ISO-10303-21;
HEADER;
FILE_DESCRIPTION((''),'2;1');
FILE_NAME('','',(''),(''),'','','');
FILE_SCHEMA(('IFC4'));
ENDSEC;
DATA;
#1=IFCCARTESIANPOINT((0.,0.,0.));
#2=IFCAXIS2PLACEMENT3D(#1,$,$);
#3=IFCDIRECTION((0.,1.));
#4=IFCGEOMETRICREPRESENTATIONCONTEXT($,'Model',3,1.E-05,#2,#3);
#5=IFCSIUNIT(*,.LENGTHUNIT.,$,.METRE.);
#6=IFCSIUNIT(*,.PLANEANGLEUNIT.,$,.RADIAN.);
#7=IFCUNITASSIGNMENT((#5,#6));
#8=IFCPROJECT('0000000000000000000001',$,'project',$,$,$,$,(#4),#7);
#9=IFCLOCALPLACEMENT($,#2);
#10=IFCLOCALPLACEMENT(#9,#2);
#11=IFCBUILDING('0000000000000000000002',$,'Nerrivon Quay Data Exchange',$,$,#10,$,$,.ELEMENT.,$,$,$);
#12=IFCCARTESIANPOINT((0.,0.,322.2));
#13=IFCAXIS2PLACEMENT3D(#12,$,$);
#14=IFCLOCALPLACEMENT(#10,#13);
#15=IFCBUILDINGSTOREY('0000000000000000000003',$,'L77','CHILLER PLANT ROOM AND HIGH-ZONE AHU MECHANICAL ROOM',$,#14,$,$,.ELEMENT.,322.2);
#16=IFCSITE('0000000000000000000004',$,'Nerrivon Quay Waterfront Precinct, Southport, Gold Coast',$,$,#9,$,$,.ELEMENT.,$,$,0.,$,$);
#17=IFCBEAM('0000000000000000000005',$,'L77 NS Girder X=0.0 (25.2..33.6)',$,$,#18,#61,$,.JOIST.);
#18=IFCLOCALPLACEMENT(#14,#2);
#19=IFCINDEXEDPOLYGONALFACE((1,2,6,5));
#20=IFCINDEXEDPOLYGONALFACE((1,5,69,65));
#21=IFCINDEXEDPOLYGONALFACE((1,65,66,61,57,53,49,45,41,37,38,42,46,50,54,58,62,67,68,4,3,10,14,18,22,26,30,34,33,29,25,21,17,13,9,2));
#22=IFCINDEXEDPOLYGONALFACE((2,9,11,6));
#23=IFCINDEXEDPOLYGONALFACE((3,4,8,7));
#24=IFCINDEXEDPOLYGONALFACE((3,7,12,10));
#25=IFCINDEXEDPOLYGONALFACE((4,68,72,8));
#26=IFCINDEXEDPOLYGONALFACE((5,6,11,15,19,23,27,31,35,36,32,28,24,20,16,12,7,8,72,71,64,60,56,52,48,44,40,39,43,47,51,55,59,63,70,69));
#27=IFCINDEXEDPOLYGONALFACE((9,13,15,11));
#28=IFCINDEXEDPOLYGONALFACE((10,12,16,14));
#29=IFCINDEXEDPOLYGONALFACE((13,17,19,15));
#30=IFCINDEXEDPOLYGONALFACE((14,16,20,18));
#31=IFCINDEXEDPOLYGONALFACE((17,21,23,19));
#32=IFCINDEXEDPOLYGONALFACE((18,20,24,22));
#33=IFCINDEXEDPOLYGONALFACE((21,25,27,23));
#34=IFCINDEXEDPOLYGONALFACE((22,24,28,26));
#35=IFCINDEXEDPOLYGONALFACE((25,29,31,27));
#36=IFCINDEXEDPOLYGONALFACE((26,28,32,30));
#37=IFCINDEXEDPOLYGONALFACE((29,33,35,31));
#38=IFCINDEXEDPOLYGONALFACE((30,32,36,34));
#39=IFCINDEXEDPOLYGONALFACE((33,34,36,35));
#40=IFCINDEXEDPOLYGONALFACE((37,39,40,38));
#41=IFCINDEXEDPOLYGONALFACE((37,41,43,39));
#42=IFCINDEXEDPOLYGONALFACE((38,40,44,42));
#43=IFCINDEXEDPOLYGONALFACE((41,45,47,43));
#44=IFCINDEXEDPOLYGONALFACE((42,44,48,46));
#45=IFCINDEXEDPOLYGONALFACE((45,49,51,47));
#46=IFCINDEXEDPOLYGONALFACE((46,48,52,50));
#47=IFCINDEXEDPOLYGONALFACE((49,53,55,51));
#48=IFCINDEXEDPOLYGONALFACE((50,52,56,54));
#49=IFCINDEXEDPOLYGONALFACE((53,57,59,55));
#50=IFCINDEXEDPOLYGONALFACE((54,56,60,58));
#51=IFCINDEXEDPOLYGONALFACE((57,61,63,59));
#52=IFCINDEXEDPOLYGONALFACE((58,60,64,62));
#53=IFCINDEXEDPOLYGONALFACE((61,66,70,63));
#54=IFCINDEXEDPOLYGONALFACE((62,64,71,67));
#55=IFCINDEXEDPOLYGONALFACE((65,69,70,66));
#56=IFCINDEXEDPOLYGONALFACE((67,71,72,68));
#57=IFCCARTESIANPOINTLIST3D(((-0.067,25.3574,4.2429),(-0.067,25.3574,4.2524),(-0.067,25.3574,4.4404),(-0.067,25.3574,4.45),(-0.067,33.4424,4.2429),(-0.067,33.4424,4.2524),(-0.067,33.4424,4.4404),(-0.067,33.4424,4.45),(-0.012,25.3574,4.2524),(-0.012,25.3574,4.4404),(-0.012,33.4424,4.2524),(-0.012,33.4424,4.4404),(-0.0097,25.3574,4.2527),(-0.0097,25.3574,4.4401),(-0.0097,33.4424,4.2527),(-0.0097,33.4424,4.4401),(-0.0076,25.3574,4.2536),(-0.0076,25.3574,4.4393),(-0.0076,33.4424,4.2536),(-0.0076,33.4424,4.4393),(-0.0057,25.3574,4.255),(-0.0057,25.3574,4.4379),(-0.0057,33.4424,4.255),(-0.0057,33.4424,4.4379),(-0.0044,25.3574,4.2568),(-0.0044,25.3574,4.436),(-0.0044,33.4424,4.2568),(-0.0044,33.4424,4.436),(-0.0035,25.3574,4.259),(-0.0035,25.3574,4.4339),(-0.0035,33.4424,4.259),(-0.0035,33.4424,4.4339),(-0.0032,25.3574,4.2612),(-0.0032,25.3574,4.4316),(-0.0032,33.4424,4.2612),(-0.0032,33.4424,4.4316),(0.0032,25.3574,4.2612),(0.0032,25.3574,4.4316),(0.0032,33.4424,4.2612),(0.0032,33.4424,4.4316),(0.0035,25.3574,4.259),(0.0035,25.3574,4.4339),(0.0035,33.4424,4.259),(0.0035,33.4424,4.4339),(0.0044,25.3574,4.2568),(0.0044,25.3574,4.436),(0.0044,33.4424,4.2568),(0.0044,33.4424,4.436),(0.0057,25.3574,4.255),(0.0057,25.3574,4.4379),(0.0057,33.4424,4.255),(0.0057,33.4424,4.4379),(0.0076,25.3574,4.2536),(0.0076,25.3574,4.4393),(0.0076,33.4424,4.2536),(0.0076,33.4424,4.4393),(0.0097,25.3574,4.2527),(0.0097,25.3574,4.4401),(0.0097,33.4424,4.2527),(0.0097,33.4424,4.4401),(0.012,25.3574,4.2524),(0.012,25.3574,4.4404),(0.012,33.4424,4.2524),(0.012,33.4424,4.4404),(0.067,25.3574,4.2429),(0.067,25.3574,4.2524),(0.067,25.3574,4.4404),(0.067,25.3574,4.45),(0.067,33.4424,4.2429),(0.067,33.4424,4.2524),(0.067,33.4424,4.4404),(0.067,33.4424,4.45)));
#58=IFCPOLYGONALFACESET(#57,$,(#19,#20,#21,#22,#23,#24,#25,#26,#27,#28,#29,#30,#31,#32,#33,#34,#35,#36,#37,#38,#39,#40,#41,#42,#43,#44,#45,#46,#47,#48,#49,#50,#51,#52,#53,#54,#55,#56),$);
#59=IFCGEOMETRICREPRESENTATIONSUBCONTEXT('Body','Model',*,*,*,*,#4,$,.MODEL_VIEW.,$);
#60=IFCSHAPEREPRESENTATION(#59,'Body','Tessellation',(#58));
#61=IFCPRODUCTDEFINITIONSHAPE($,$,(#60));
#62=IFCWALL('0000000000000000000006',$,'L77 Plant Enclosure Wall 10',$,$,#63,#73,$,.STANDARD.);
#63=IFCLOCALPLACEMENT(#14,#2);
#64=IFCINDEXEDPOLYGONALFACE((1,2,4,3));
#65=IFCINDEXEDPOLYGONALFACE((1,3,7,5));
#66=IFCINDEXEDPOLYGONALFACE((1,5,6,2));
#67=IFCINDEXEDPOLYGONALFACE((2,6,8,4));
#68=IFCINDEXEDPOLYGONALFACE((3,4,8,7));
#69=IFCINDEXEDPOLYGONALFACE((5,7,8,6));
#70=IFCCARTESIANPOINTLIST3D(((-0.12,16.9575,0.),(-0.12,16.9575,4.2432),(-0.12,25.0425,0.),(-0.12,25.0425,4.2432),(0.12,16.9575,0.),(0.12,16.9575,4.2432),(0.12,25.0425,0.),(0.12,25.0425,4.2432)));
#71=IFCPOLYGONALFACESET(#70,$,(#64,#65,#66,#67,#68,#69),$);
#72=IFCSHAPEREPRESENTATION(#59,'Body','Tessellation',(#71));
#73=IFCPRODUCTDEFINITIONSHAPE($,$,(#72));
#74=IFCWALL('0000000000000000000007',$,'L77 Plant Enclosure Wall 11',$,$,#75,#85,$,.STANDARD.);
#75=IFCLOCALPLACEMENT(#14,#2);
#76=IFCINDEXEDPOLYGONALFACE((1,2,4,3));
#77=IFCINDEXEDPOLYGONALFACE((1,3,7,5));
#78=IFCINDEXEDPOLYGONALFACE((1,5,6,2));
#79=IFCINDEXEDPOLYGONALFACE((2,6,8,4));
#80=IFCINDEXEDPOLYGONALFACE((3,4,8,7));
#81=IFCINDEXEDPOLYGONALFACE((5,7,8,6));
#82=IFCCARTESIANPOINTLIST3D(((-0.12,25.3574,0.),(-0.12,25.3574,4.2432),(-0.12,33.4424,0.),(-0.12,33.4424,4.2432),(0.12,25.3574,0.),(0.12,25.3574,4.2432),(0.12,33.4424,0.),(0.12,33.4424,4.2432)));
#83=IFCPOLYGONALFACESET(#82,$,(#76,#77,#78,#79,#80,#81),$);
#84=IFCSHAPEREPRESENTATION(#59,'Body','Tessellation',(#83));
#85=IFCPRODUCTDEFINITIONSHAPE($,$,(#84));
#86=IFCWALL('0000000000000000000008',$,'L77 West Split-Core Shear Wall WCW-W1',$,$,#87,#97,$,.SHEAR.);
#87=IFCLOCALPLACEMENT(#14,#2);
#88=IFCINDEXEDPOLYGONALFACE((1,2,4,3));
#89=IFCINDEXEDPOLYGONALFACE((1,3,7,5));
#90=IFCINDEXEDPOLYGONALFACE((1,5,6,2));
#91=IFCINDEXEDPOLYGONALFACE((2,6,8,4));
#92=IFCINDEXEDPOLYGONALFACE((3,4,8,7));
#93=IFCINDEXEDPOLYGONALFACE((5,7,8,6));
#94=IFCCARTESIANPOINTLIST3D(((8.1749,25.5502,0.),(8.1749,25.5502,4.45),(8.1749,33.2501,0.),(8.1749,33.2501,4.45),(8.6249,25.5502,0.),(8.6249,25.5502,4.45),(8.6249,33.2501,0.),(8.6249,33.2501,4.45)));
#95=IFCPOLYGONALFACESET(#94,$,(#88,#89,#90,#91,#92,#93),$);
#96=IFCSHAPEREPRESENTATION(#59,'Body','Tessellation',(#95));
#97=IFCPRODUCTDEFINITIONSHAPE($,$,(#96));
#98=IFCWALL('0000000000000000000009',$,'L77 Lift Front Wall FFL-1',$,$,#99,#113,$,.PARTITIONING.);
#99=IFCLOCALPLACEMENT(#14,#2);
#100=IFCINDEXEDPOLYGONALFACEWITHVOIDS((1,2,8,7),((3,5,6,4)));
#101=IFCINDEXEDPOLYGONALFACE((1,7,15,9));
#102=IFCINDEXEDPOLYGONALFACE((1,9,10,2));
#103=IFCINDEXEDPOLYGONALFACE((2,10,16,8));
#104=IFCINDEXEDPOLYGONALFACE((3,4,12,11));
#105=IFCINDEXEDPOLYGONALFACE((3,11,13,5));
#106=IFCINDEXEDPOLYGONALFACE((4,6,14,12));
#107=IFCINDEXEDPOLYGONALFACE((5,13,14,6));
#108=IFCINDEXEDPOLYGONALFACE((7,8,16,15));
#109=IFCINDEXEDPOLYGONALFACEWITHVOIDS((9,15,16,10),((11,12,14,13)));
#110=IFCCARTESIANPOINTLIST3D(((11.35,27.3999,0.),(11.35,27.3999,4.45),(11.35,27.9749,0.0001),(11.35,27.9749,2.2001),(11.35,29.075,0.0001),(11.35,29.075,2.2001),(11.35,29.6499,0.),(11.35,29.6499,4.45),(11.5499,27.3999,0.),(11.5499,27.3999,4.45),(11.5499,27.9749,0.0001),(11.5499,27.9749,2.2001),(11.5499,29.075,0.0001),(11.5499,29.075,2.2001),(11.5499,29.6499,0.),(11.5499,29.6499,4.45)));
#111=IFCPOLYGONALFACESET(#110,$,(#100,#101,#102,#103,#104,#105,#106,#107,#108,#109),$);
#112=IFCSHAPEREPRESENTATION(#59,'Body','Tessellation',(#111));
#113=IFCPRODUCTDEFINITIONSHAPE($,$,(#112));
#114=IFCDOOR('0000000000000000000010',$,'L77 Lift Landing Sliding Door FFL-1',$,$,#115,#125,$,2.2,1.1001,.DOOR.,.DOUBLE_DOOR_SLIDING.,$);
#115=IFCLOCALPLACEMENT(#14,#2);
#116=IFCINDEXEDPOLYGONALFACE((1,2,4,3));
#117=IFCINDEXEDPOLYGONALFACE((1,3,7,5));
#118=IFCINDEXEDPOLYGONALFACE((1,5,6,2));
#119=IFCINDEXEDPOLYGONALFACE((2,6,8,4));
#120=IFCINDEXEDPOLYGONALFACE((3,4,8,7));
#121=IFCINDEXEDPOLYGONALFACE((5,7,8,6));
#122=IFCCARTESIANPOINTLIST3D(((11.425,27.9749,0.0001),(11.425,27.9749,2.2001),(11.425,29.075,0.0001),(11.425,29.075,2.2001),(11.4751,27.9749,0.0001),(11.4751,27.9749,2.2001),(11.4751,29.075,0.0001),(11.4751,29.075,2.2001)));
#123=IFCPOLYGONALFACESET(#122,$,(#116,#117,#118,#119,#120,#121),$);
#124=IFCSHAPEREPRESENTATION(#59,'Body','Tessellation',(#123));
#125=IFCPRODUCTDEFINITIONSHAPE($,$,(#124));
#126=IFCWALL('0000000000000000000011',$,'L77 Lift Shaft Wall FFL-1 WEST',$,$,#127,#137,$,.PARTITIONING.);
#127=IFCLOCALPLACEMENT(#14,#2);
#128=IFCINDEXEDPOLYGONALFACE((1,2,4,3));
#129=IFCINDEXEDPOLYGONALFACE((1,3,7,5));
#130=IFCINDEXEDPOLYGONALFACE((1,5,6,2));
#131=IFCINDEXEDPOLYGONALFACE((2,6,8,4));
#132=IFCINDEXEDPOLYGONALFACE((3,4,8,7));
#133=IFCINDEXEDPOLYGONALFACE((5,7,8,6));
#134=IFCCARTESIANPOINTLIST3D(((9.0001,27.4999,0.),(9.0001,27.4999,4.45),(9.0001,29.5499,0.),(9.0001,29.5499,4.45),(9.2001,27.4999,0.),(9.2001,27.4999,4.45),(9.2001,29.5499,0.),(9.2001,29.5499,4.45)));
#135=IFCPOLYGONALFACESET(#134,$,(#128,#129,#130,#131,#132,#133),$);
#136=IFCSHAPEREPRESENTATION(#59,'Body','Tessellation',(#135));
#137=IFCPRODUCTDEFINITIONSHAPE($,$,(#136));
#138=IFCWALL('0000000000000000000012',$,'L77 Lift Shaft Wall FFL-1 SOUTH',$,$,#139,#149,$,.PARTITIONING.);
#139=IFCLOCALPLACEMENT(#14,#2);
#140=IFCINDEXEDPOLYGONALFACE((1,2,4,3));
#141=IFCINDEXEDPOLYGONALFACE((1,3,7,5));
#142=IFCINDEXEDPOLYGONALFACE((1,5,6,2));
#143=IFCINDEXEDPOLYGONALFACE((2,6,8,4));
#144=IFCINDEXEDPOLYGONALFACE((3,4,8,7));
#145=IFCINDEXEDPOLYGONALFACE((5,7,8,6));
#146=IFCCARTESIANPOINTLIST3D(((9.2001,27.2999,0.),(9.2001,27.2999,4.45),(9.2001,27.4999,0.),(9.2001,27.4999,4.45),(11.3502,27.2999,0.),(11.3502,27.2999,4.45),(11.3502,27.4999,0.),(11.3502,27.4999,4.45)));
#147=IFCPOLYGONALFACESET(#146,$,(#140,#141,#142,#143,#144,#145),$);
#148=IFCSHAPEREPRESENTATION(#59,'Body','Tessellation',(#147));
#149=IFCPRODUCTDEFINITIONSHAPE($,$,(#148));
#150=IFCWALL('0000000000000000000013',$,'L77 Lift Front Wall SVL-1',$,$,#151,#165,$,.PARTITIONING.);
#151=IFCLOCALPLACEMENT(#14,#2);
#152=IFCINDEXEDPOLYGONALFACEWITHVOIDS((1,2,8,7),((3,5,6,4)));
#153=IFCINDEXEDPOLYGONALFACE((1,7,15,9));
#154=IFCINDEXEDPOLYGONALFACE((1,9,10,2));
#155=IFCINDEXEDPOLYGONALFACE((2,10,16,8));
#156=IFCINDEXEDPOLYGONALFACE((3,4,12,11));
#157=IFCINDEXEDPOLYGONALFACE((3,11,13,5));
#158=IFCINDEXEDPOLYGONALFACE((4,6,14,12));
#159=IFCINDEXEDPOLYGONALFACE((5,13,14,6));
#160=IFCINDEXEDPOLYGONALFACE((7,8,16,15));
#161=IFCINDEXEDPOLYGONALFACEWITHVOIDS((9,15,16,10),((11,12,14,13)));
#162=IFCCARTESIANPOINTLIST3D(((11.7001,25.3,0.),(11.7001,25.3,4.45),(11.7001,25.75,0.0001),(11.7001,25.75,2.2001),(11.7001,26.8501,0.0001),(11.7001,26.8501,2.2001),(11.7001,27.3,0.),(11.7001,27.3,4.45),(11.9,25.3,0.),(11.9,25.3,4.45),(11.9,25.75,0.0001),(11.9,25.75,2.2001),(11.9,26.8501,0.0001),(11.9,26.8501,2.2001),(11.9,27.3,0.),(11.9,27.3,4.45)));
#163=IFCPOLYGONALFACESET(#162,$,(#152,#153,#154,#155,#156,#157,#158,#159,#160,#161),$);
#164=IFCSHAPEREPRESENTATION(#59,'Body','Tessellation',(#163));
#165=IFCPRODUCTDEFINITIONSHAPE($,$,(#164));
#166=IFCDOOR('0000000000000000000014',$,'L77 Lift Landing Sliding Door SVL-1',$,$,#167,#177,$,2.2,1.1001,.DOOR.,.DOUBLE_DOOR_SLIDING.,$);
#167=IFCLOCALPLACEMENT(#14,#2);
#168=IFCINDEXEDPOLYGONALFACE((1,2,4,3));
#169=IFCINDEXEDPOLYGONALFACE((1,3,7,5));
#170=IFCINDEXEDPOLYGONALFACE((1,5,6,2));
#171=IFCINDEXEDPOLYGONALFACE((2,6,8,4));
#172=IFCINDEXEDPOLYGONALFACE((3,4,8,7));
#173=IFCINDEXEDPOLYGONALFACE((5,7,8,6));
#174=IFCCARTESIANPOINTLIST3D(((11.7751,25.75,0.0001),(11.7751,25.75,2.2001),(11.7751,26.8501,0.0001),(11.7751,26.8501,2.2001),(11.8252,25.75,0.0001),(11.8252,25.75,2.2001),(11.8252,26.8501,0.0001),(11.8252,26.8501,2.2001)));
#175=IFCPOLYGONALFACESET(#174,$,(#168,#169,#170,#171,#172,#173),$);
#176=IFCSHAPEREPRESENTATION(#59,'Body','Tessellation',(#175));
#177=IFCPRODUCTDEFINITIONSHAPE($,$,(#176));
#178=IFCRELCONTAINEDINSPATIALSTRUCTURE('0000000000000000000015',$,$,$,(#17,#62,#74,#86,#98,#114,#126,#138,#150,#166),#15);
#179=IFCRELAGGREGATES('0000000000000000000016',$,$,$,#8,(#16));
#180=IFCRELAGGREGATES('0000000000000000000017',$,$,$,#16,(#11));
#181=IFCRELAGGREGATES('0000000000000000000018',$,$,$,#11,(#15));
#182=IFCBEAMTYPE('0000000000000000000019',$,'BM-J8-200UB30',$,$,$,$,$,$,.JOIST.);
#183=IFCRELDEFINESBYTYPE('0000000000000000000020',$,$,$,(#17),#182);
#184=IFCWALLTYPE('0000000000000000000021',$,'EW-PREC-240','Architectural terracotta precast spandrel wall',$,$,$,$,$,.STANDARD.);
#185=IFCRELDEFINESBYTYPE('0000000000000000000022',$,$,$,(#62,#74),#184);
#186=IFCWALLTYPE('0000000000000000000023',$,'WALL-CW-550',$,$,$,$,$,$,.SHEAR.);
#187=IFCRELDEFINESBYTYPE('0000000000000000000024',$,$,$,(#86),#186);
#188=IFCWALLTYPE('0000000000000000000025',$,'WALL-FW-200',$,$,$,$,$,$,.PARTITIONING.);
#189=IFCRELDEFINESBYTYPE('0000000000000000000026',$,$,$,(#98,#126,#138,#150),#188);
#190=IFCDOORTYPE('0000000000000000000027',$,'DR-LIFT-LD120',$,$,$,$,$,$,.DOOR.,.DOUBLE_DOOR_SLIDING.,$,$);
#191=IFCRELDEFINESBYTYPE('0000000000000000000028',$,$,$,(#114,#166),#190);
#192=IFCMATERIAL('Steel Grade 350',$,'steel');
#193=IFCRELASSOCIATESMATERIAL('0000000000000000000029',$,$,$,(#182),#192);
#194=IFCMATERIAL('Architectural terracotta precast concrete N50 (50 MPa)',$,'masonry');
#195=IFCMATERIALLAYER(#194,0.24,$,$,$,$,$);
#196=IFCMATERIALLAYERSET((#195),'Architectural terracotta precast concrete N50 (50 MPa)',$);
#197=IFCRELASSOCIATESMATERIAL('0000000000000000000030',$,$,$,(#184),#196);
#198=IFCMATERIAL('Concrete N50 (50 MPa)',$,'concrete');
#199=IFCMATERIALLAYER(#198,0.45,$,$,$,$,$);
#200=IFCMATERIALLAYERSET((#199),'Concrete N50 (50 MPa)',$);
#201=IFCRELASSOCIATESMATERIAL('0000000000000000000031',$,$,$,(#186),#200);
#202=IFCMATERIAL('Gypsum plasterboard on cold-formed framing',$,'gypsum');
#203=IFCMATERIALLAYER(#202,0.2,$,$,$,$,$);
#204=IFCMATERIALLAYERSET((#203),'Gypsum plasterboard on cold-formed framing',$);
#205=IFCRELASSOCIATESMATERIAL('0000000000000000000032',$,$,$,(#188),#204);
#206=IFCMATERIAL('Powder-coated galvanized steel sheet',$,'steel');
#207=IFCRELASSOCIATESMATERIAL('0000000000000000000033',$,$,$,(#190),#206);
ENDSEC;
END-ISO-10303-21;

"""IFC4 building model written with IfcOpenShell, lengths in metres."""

from ifc_helpers import new_model, si_unit, direction, frame, frame_2d, origin, origin_2d, place, context, subcontext, project, spatial, rectangle, i_section, extrude, material, layer, layer_set, material_profile, profile_set, type_object, element, fill, save


model = new_model("IFC4")

# Units and contexts
model_context = context("Model", 3, precision=1e-05, world=origin(), true_north=direction((0.0, 1.0)))
body_context = subcontext(model_context, "Body", "Model", "MODEL_VIEW")
ifc_project = project(units=[si_unit("LENGTHUNIT", "METRE"), si_unit("PLANEANGLEUNIT", "RADIAN")], contexts=[model_context])

# Site, building, storey
site_placement = place(None, origin())
site = spatial("IfcSite", under=ifc_project, at=site_placement, Name="Nerrivon Quay Waterfront Precinct, Southport, Gold Coast", CompositionType="ELEMENT", RefElevation=0.0)
building_placement = place(site_placement, origin())
building = spatial("IfcBuilding", under=site, at=building_placement, Name="Nerrivon Quay Data Exchange", CompositionType="ELEMENT")
storey_placement = place(building_placement, frame((0.0, 0.0, 322.2)))
storey = spatial("IfcBuildingStorey", under=building, at=storey_placement, Name="L77", Description="CHILLER PLANT ROOM AND HIGH-ZONE AHU MECHANICAL ROOM", CompositionType="ELEMENT", Elevation=322.2)

# Shared definitions
ifc_material_1 = material(Name="Concrete N50 (50 MPa)", Category="concrete")
ifc_material_2 = material(Name="Steel Grade 350", Category="steel")

# Beam
ifc_material_profile_1 = material_profile(ifc_material_2, i_section(OverallWidth=0.134, OverallDepth=0.207, WebThickness=0.0063, FlangeThickness=0.0095, FilletRadius=0.0088, at=origin_2d()), Name="200UB29.8")
ifc_profile_set_1 = profile_set([ifc_material_profile_1], Name="Steel Grade 350")
beam_type_1 = type_object("IfcBeamType", Name="BM-J8-200UB30", PredefinedType="JOIST", material=ifc_profile_set_1)
for number, where, z_axis, x_axis, name in (
    (1, (0.0, 25.3574, 4.3464), (0.0, 1.0, 0.0), (-1.0, 0.0, 0.0), "L77 NS Girder X=0.0 (25.2..33.6)"),
):
    element("IfcBeam", number, at=place(storey_placement, frame(where, z_axis=z_axis, x_axis=x_axis)), inside=storey, type_object=beam_type_1, Name=name, PredefinedType="JOIST", context=body_context, shape_type="SweptSolid", body=[
        extrude(i_section(OverallWidth=0.134, OverallDepth=0.207, WebThickness=0.0063, FlangeThickness=0.0095, FilletRadius=0.0088, at=origin_2d()), origin(), (0.0, 0.0, 1.0), 8.085),
    ])

# Walls
ifc_material_3 = material(Name="Architectural terracotta precast concrete N50 (50 MPa)", Category="masonry")
ifc_layer_1 = layer(ifc_material_3, 0.24)
ifc_layer_set_1 = layer_set([ifc_layer_1], Name="Architectural terracotta precast concrete N50 (50 MPa)")
wall_type_1 = type_object("IfcWallType", Name="EW-PREC-240", Description="Architectural terracotta precast spandrel wall", PredefinedType="STANDARD", material=ifc_layer_set_1)
for number, where, z_axis, x_axis, name in (
    (2, (0.0, 16.9575, 0.0), (0.0, 0.0, 1.0), (0.0, 1.0, 0.0), "L77 Plant Enclosure Wall 10"),
    (3, (0.0, 25.3574, 0.0), (0.0, 0.0, 1.0), (0.0, 1.0, 0.0), "L77 Plant Enclosure Wall 11"),
):
    element("IfcWall", number, at=place(storey_placement, frame(where, z_axis=z_axis, x_axis=x_axis)), inside=storey, type_object=wall_type_1, Name=name, PredefinedType="STANDARD", context=body_context, shape_type="SweptSolid", body=[
        extrude(rectangle(XDim=8.085, YDim=0.24, at=frame_2d((4.0425, 0.0))), origin(), (0.0, 0.0, 1.0), 4.2432),
    ])
ifc_layer_2 = layer(ifc_material_1, 0.45)
ifc_layer_set_2 = layer_set([ifc_layer_2], Name="Concrete N50 (50 MPa)")
wall_type_2 = type_object("IfcWallType", Name="WALL-CW-550", PredefinedType="SHEAR", material=ifc_layer_set_2)
wall_1_placement = place(storey_placement, frame((8.3999, 25.55, 0.0), z_axis=(0.0, 0.0, 1.0), x_axis=(0.0, 1.0, 0.0)))
element("IfcWall", 4, at=wall_1_placement, inside=storey, type_object=wall_type_2, Name="L77 West Split-Core Shear Wall WCW-W1", PredefinedType="SHEAR", context=body_context, shape_type="SweptSolid", body=[
    extrude(rectangle(XDim=7.7, YDim=0.45, at=frame_2d((3.8501, 0.0))), origin(), (0.0, 0.0, 1.0), 4.45),
])

# Wall, opening, door
ifc_material_4 = material(Name="Powder-coated galvanized steel sheet", Category="steel")
ifc_material_5 = material(Name="Gypsum plasterboard on cold-formed framing", Category="gypsum")
ifc_layer_3 = layer(ifc_material_5, 0.2)
ifc_layer_set_3 = layer_set([ifc_layer_3], Name="Gypsum plasterboard on cold-formed framing")
wall_type_3 = type_object("IfcWallType", Name="WALL-FW-200", PredefinedType="PARTITIONING", material=ifc_layer_set_3)
wall_2_placement = place(storey_placement, frame((11.45, 27.3999, 0.0), z_axis=(0.0, 0.0, 1.0), x_axis=(0.0, 1.0, 0.0)))
wall_2 = element("IfcWall", 5, at=wall_2_placement, inside=storey, type_object=wall_type_3, Name="L77 Lift Front Wall FFL-1", PredefinedType="PARTITIONING", context=body_context, shape_type="SweptSolid", body=[
    extrude(rectangle(XDim=2.25, YDim=0.2, at=frame_2d((1.125, 0.0))), origin(), (0.0, 0.0, 1.0), 4.45),
])
opening_1_placement = place(wall_2_placement, frame((0.575, 0.0, 0.0)))
opening_1 = element("IfcOpeningElement", 6, at=opening_1_placement, cuts=wall_2, PredefinedType="OPENING", context=body_context, shape_type="SweptSolid", body=[
    extrude(rectangle(XDim=1.1001, YDim=2.2, at=frame_2d((0.55, 1.1001))), frame((0.0, 0.1099, 0.0), z_axis=(0.0, -1.0, 0.0), x_axis=(1.0, 0.0, 0.0)), (0.0, 0.0, 1.0), 0.22),
])
door_type_1 = type_object("IfcDoorType", Name="DR-LIFT-LD120", OperationType="DOUBLE_DOOR_SLIDING", PredefinedType="DOOR", material=ifc_material_4)
door_1_placement = place(opening_1_placement, origin())
door_1 = element("IfcDoor", 7, at=door_1_placement, inside=storey, type_object=door_type_1, Name="L77 Lift Landing Sliding Door FFL-1", OperationType="DOUBLE_DOOR_SLIDING", OverallHeight=2.2, OverallWidth=1.1001, PredefinedType="DOOR", context=body_context, shape_type="SweptSolid", body=[
    extrude(rectangle(XDim=1.1001, YDim=2.2, at=frame_2d((0.55, 1.1001))), frame((0.0, 0.0249, 0.0), z_axis=(0.0, -1.0, 0.0), x_axis=(1.0, 0.0, 0.0)), (0.0, 0.0, 1.0), 0.05),
])
fill(opening_1, door_1)

# Walls
wall_3_placement = place(storey_placement, frame((9.1001, 27.5, 0.0), z_axis=(0.0, 0.0, 1.0), x_axis=(0.0, 1.0, 0.0)))
element("IfcWall", 8, at=wall_3_placement, inside=storey, type_object=wall_type_3, Name="L77 Lift Shaft Wall FFL-1 WEST", PredefinedType="PARTITIONING", context=body_context, shape_type="SweptSolid", body=[
    extrude(rectangle(XDim=2.05, YDim=0.2, at=frame_2d((1.0249, 0.0))), origin(), (0.0, 0.0, 1.0), 4.45),
])
wall_4_placement = place(storey_placement, frame((9.2, 27.3999, 0.0), z_axis=(0.0, 0.0, 1.0), x_axis=(1.0, 0.0, 0.0)))
element("IfcWall", 9, at=wall_4_placement, inside=storey, type_object=wall_type_3, Name="L77 Lift Shaft Wall FFL-1 SOUTH", PredefinedType="PARTITIONING", context=body_context, shape_type="SweptSolid", body=[
    extrude(rectangle(XDim=2.1501, YDim=0.2, at=frame_2d((1.0752, 0.0))), origin(), (0.0, 0.0, 1.0), 4.45),
])

# Wall, opening, door
wall_5_placement = place(storey_placement, frame((11.8, 25.3, 0.0), z_axis=(0.0, 0.0, 1.0), x_axis=(0.0, 1.0, 0.0)))
wall_5 = element("IfcWall", 10, at=wall_5_placement, inside=storey, type_object=wall_type_3, Name="L77 Lift Front Wall SVL-1", PredefinedType="PARTITIONING", context=body_context, shape_type="SweptSolid", body=[
    extrude(rectangle(XDim=2.0, YDim=0.2, at=frame_2d((1.0, 0.0))), origin(), (0.0, 0.0, 1.0), 4.45),
])
opening_2_placement = place(wall_5_placement, frame((0.45, 0.0, 0.0)))
opening_2 = element("IfcOpeningElement", 11, at=opening_2_placement, cuts=wall_5, PredefinedType="OPENING", context=body_context, shape_type="SweptSolid", body=[
    extrude(rectangle(XDim=1.1001, YDim=2.2, at=frame_2d((0.55, 1.1001))), frame((0.0, 0.1099, 0.0), z_axis=(0.0, -1.0, 0.0), x_axis=(1.0, 0.0, 0.0)), (0.0, 0.0, 1.0), 0.22),
])
door_2_placement = place(opening_2_placement, origin())
door_2 = element("IfcDoor", 12, at=door_2_placement, inside=storey, type_object=door_type_1, Name="L77 Lift Landing Sliding Door SVL-1", OperationType="DOUBLE_DOOR_SLIDING", OverallHeight=2.2, OverallWidth=1.1001, PredefinedType="DOOR", context=body_context, shape_type="SweptSolid", body=[
    extrude(rectangle(XDim=1.1001, YDim=2.2, at=frame_2d((0.55, 1.1001))), frame((0.0, 0.0249, 0.0), z_axis=(0.0, -1.0, 0.0), x_axis=(1.0, 0.0, 0.0)), (0.0, 0.0, 1.0), 0.05),
])
fill(opening_2, door_2)

save(model, "model.ifc")
